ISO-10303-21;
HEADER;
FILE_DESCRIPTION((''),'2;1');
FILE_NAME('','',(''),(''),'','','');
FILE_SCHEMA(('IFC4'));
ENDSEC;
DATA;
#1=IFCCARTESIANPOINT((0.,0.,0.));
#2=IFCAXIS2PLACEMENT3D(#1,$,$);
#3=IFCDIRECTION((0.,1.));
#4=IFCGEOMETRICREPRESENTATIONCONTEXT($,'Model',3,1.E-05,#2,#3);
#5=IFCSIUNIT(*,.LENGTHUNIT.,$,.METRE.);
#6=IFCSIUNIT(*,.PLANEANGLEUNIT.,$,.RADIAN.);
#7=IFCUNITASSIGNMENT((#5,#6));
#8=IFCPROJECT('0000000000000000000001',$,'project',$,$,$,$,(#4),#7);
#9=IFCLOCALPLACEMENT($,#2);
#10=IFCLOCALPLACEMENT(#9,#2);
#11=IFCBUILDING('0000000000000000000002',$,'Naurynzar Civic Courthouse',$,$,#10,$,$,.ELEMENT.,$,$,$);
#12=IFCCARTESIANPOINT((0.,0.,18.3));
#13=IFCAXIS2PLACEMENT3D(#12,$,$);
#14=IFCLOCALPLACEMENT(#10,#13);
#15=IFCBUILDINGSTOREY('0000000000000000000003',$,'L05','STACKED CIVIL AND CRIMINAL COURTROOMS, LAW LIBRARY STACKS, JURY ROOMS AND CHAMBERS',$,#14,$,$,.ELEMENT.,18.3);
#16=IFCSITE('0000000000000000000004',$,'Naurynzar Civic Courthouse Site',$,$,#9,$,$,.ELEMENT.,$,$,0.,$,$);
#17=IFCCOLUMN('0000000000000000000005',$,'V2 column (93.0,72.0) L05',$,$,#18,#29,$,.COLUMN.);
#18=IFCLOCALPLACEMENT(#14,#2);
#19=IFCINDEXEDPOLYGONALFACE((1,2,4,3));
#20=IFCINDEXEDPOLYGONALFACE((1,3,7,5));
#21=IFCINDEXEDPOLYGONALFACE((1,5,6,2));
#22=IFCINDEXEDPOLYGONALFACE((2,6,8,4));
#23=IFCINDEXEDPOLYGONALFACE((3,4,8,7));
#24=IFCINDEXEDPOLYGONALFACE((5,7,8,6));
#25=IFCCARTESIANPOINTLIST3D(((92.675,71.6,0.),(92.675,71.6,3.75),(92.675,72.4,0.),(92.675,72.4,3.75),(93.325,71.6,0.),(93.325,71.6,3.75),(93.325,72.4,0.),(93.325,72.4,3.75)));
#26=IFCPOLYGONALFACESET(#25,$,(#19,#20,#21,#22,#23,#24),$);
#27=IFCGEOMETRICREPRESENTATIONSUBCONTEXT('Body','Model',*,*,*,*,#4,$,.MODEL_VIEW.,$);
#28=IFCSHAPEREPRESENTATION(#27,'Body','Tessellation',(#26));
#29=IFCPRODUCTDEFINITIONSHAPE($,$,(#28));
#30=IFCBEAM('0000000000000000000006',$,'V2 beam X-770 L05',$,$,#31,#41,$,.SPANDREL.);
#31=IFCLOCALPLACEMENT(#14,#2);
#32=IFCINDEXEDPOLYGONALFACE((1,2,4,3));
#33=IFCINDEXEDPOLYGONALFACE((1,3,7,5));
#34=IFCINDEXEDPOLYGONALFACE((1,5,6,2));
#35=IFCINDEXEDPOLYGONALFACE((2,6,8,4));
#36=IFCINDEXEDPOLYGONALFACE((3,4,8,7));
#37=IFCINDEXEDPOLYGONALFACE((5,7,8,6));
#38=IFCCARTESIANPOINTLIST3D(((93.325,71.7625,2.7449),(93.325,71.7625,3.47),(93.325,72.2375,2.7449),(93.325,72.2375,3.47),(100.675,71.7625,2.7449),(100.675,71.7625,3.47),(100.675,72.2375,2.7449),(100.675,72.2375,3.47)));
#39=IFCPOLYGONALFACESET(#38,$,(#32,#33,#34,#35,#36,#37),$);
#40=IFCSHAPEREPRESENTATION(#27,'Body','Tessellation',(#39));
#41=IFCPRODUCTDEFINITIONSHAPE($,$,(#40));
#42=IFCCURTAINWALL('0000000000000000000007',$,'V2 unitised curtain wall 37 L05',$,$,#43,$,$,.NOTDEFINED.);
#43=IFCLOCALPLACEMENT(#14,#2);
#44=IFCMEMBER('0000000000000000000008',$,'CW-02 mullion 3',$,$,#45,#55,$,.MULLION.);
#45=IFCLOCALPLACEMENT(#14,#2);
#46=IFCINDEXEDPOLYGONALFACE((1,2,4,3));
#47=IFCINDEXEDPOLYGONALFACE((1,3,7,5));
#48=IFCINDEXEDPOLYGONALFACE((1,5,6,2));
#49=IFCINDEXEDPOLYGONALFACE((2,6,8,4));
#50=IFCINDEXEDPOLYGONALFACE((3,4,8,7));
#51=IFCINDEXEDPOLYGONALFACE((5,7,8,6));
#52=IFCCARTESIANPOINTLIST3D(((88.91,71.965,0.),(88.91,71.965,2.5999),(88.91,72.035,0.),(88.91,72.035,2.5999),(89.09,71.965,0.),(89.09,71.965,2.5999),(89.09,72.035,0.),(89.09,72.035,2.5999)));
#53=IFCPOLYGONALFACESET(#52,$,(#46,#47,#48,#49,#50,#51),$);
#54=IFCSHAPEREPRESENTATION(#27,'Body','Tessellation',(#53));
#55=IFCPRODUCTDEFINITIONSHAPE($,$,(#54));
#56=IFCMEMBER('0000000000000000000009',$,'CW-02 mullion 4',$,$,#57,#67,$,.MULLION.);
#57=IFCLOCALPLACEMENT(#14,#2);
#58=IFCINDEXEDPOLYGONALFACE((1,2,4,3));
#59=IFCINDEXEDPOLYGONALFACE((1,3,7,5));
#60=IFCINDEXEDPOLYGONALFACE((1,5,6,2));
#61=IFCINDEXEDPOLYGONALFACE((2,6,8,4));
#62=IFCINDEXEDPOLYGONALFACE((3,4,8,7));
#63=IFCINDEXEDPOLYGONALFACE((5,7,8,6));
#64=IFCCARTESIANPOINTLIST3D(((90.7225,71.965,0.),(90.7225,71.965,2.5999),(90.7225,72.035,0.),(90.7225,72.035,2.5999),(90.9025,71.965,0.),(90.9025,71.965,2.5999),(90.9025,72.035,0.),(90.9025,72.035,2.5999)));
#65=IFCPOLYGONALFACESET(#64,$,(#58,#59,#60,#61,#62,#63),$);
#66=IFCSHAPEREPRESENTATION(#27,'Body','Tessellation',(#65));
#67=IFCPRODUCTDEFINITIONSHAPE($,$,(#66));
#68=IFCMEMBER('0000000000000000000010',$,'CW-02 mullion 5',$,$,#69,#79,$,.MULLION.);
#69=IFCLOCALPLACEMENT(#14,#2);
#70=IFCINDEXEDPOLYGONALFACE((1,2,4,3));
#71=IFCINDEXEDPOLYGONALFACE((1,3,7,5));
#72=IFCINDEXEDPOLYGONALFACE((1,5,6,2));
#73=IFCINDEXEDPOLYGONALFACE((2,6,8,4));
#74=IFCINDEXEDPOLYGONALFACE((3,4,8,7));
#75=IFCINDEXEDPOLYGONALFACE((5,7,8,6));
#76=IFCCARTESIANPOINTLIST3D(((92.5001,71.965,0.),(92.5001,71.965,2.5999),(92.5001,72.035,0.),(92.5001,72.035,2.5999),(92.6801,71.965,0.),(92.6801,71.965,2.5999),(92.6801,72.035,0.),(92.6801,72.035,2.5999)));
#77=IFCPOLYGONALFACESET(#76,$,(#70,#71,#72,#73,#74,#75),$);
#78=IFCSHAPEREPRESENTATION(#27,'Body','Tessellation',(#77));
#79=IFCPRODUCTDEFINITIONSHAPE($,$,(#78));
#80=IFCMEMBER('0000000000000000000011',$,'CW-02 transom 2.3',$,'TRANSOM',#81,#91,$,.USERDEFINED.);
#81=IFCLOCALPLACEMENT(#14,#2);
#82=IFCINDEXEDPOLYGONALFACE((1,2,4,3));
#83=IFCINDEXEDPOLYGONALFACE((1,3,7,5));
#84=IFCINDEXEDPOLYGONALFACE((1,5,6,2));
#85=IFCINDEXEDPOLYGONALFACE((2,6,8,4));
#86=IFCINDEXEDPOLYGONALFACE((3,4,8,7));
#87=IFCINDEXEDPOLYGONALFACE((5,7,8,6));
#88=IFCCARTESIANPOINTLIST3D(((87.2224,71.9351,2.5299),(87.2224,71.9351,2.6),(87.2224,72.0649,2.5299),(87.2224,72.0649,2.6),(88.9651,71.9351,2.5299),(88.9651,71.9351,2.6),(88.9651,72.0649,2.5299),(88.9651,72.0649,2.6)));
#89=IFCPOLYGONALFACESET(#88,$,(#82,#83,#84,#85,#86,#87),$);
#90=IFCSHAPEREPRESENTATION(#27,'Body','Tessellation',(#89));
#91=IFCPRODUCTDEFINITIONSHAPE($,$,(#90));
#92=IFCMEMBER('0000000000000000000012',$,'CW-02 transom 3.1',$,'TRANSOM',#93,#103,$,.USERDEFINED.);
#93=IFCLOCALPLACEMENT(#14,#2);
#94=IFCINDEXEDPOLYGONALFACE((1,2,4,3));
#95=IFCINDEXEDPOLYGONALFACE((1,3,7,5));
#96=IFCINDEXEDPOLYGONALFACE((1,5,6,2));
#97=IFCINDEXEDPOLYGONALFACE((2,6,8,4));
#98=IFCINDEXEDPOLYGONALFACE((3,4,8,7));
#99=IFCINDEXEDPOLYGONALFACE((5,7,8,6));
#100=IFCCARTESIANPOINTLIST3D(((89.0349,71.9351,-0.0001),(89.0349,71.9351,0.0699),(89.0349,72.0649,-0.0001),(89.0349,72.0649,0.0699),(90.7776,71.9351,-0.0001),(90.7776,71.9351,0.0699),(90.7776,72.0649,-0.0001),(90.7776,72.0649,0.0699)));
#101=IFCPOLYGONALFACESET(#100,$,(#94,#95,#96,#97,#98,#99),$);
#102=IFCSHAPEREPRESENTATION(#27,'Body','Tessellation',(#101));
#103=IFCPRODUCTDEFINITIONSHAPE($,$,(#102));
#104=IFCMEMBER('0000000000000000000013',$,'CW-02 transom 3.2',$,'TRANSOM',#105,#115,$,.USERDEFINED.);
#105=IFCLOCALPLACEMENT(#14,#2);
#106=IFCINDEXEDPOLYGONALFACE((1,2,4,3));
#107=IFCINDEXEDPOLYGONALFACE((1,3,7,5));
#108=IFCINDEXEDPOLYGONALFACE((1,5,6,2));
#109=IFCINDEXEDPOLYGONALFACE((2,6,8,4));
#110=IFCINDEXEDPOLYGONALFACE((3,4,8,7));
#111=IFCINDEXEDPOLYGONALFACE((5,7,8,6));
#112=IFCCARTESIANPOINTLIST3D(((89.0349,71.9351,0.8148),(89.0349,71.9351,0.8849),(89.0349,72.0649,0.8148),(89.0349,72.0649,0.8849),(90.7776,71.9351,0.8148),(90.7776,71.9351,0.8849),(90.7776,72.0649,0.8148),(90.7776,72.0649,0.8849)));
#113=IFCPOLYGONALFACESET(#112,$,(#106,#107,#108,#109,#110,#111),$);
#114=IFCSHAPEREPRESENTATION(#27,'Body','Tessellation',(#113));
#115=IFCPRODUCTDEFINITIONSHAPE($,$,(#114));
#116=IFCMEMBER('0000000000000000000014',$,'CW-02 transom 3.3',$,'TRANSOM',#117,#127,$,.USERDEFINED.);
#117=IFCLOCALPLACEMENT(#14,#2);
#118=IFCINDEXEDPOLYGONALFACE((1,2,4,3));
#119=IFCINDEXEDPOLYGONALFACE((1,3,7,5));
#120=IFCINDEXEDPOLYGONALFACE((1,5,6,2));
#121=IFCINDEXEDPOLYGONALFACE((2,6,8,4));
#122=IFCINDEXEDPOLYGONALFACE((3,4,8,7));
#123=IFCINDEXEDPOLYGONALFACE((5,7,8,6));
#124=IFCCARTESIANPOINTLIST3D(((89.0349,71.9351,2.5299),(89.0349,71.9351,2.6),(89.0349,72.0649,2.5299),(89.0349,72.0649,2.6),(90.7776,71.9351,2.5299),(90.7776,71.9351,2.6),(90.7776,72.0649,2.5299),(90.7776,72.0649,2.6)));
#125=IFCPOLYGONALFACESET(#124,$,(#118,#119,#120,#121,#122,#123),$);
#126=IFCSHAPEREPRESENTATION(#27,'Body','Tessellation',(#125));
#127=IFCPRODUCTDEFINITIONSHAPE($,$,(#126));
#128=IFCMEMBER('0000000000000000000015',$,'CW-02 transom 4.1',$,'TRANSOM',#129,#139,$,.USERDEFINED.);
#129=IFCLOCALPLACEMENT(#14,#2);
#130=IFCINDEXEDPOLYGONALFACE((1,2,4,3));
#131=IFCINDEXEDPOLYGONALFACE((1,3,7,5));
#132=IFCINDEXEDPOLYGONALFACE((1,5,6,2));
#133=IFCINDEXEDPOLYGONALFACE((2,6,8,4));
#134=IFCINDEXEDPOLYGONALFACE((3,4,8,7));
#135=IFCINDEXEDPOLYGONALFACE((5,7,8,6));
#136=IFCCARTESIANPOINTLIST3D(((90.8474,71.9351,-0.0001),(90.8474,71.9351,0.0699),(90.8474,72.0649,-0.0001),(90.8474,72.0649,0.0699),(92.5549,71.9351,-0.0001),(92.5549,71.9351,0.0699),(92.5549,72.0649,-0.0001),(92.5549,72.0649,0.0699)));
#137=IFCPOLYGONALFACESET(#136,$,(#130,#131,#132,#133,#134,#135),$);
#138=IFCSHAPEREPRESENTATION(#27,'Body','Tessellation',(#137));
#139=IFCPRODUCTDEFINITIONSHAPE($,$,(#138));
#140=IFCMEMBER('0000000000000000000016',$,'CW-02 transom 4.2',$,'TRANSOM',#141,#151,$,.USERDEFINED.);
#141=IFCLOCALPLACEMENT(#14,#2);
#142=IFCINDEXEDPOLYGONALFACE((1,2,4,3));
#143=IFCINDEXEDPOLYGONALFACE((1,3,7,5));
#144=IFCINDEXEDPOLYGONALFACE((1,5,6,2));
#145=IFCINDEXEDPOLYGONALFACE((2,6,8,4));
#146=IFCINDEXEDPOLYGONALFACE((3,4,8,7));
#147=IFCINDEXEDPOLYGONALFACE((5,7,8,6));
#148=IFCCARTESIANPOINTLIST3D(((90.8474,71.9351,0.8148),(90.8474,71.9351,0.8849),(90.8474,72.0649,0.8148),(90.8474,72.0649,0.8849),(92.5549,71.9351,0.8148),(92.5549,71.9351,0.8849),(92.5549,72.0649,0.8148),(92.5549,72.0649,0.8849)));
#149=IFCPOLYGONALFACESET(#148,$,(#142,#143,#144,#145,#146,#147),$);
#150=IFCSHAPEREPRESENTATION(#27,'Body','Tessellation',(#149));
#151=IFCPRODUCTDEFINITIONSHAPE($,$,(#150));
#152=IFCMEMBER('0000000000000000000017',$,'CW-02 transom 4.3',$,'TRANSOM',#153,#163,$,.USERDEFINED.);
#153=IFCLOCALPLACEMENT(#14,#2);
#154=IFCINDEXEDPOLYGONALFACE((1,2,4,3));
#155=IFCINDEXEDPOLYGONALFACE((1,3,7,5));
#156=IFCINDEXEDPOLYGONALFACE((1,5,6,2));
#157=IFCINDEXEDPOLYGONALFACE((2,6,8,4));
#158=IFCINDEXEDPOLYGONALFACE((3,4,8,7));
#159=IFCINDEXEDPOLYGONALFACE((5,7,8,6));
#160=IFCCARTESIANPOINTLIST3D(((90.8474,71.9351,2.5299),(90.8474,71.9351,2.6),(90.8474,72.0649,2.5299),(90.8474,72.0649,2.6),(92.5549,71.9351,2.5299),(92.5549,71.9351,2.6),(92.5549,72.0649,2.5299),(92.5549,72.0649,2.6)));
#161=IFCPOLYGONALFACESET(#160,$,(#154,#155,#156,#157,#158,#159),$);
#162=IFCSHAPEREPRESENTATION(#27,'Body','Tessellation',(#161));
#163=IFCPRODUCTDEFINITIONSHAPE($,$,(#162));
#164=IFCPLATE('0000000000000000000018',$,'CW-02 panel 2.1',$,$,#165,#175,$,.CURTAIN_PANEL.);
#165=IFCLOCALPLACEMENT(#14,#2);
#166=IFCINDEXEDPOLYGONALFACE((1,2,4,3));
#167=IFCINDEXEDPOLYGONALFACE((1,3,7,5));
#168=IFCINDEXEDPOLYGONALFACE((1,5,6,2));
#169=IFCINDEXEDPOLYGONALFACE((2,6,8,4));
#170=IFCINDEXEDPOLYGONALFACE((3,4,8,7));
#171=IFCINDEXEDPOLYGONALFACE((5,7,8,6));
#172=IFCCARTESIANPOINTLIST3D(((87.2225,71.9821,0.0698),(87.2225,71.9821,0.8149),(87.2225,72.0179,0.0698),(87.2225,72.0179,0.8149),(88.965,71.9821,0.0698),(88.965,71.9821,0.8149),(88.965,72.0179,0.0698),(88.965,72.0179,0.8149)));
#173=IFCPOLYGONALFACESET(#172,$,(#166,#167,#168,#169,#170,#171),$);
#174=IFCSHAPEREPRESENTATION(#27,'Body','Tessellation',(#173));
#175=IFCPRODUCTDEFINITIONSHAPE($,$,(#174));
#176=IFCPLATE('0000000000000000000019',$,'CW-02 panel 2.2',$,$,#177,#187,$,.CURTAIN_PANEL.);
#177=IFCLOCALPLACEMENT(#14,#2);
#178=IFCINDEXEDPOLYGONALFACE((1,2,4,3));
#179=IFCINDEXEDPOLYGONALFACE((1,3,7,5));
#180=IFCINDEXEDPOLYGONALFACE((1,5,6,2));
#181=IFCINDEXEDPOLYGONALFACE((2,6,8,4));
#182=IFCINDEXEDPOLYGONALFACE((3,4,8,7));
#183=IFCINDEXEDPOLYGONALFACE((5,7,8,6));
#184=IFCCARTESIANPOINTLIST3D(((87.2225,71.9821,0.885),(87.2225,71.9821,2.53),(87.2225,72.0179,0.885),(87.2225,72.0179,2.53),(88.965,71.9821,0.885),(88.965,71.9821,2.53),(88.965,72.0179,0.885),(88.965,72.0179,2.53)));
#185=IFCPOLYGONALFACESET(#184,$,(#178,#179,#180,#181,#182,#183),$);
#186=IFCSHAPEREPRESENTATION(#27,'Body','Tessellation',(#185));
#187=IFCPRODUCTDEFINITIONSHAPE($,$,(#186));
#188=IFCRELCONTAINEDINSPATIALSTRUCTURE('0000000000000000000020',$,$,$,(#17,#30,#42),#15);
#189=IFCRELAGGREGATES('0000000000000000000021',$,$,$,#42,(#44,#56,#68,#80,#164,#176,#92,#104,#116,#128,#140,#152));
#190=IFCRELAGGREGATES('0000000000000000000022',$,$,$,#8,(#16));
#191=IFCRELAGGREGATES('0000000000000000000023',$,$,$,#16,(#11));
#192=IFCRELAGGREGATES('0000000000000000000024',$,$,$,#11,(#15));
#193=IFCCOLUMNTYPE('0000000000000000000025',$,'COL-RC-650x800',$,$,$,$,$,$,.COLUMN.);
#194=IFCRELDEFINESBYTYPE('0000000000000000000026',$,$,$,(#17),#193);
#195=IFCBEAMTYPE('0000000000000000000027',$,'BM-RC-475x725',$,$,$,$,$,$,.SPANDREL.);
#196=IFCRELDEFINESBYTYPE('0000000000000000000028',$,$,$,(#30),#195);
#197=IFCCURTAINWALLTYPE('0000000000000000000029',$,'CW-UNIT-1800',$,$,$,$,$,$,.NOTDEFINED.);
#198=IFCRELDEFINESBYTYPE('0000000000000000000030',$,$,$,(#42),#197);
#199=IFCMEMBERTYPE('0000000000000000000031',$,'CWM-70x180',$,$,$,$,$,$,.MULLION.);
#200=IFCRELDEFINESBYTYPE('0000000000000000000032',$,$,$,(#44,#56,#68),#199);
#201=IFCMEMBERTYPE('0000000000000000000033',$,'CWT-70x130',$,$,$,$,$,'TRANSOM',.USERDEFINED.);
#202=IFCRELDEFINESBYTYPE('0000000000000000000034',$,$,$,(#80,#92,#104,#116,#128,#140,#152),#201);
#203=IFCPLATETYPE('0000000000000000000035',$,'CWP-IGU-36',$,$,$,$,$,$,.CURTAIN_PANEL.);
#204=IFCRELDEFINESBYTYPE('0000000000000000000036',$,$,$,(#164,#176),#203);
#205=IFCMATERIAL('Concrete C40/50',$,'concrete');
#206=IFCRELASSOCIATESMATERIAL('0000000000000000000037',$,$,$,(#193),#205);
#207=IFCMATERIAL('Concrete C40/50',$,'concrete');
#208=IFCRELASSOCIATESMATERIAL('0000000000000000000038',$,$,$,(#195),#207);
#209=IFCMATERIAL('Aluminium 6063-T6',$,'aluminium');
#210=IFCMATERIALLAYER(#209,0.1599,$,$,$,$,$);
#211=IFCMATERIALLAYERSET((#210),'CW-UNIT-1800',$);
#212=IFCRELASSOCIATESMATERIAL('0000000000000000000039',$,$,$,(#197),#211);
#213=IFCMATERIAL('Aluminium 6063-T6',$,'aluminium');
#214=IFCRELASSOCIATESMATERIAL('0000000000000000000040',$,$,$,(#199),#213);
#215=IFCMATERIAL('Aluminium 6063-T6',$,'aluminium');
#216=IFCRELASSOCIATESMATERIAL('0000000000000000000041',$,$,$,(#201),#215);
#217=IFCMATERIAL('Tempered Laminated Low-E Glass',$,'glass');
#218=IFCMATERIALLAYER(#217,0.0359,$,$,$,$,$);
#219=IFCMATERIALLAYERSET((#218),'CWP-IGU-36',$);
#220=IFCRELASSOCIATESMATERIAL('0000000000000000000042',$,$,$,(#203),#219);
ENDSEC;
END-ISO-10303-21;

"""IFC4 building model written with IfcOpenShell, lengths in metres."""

from ifc_helpers import new_model, si_unit, direction, frame, origin, origin_2d, place, context, subcontext, project, spatial, rectangle, extrude, material, layer, layer_set, material_profile, profile_set, type_object, element, aggregate, save


model = new_model("IFC4")

# Units and contexts
model_context = context("Model", 3, precision=1e-05, world=origin(), true_north=direction((0.0, 1.0)))
body_context = subcontext(model_context, "Body", "Model", "MODEL_VIEW")
ifc_project = project(units=[si_unit("LENGTHUNIT", "METRE"), si_unit("PLANEANGLEUNIT", "RADIAN")], contexts=[model_context])

# Site, building, storey
site_placement = place(None, origin())
site = spatial("IfcSite", under=ifc_project, at=site_placement, Name="Naurynzar Civic Courthouse Site", CompositionType="ELEMENT", RefElevation=0.0)
building_placement = place(site_placement, origin())
building = spatial("IfcBuilding", under=site, at=building_placement, Name="Naurynzar Civic Courthouse", CompositionType="ELEMENT")
storey_placement = place(building_placement, frame((0.0, 0.0, 18.3)))
storey = spatial("IfcBuildingStorey", under=building, at=storey_placement, Name="L05", Description="STACKED CIVIL AND CRIMINAL COURTROOMS, LAW LIBRARY STACKS, JURY ROOMS AND CHAMBERS", CompositionType="ELEMENT", Elevation=18.3)

# Column
ifc_material_1 = material(Name="Concrete C40/50", Category="concrete")
ifc_material_profile_1 = material_profile(ifc_material_1, rectangle(XDim=0.6499, YDim=0.8, at=origin_2d()), Name="RC 650x800")
ifc_profile_set_1 = profile_set([ifc_material_profile_1], Name="Concrete C40/50")
column_type = type_object("IfcColumnType", Name="COL-RC-650x800", PredefinedType="COLUMN", material=ifc_profile_set_1)
column_placement = place(storey_placement, frame((93.0, 72.0, 0.0), z_axis=(0.0, 0.0, 1.0), x_axis=(1.0, 0.0, 0.0)))
element("IfcColumn", 1, at=column_placement, inside=storey, type_object=column_type, Name="V2 column (93.0,72.0) L05", PredefinedType="COLUMN", context=body_context, shape_type="SweptSolid", body=[
    extrude(rectangle(XDim=0.6499, YDim=0.8, at=origin_2d()), origin(), (0.0, 0.0, 1.0), 3.75),
])

# Beam
ifc_material_2 = material(Name="Concrete C40/50", Category="concrete")
ifc_material_profile_2 = material_profile(ifc_material_2, rectangle(XDim=0.4751, YDim=0.7251, at=origin_2d()), Name="RCB 475x725")
ifc_profile_set_2 = profile_set([ifc_material_profile_2], Name="Concrete C40/50")
beam_type = type_object("IfcBeamType", Name="BM-RC-475x725", PredefinedType="SPANDREL", material=ifc_profile_set_2)
beam_placement = place(storey_placement, frame((93.325, 72.0, 3.1074), z_axis=(1.0, 0.0, 0.0), x_axis=(0.0, 1.0, 0.0)))
element("IfcBeam", 2, at=beam_placement, inside=storey, type_object=beam_type, Name="V2 beam X-770 L05", PredefinedType="SPANDREL", context=body_context, shape_type="SweptSolid", body=[
    extrude(rectangle(XDim=0.4751, YDim=0.7251, at=origin_2d()), origin(), (0.0, 0.0, 1.0), 7.3501),
])

# Curtain wall, members, plates
ifc_material_3 = material(Name="Aluminium 6063-T6", Category="aluminium")
ifc_layer_1 = layer(ifc_material_3, 0.1599)
ifc_layer_set_1 = layer_set([ifc_layer_1], Name="CW-UNIT-1800")
curtain_wall_type = type_object("IfcCurtainWallType", Name="CW-UNIT-1800", PredefinedType="NOTDEFINED", material=ifc_layer_set_1)
curtain_wall_placement = place(storey_placement, origin())
curtain_wall = element("IfcCurtainWall", 3, at=curtain_wall_placement, inside=storey, type_object=curtain_wall_type, Name="V2 unitised curtain wall 37 L05", PredefinedType="NOTDEFINED")
ifc_material_4 = material(Name="Aluminium 6063-T6", Category="aluminium")
ifc_material_profile_3 = material_profile(ifc_material_4, rectangle(XDim=0.0701, YDim=0.1799, at=origin_2d()), Name="ALU MULLION 70x180")
ifc_profile_set_3 = profile_set([ifc_material_profile_3], Name="Aluminium 6063-T6")
member_type_1 = type_object("IfcMemberType", Name="CWM-70x180", PredefinedType="MULLION", material=ifc_profile_set_3)
member_1_placement = place(storey_placement, frame((89.0, 72.0, 0.0), z_axis=(0.0, 0.0, 1.0), x_axis=(0.0, 1.0, 0.0)))
member_1 = element("IfcMember", 4, at=member_1_placement, type_object=member_type_1, Name="CW-02 mullion 3", PredefinedType="MULLION", context=body_context, shape_type="SweptSolid", body=[
    extrude(rectangle(XDim=0.0701, YDim=0.1799, at=origin_2d()), origin(), (0.0, 0.0, 1.0), 2.5999),
])
member_2_placement = place(storey_placement, frame((90.8125, 72.0, 0.0), z_axis=(0.0, 0.0, 1.0), x_axis=(0.0, 1.0, 0.0)))
member_2 = element("IfcMember", 5, at=member_2_placement, type_object=member_type_1, Name="CW-02 mullion 4", PredefinedType="MULLION", context=body_context, shape_type="SweptSolid", body=[
    extrude(rectangle(XDim=0.0701, YDim=0.1799, at=origin_2d()), origin(), (0.0, 0.0, 1.0), 2.5999),
])
member_3_placement = place(storey_placement, frame((92.5901, 72.0, 0.0), z_axis=(0.0, 0.0, 1.0), x_axis=(0.0, 1.0, 0.0)))
member_3 = element("IfcMember", 6, at=member_3_placement, type_object=member_type_1, Name="CW-02 mullion 5", PredefinedType="MULLION", context=body_context, shape_type="SweptSolid", body=[
    extrude(rectangle(XDim=0.0701, YDim=0.1799, at=origin_2d()), origin(), (0.0, 0.0, 1.0), 2.5999),
])
ifc_material_5 = material(Name="Aluminium 6063-T6", Category="aluminium")
ifc_material_profile_4 = material_profile(ifc_material_5, rectangle(XDim=0.1299, YDim=0.0701, at=origin_2d()), Name="ALU TRANSOM 70x130")
ifc_profile_set_4 = profile_set([ifc_material_profile_4], Name="Aluminium 6063-T6")
member_type_2 = type_object("IfcMemberType", Name="CWT-70x130", ElementType="TRANSOM", PredefinedType="USERDEFINED", material=ifc_profile_set_4)
member_4_placement = place(storey_placement, frame((87.2224, 72.0, 2.5649), z_axis=(1.0, 0.0, 0.0), x_axis=(0.0, 1.0, 0.0)))
member_4 = element("IfcMember", 7, at=member_4_placement, type_object=member_type_2, Name="CW-02 transom 2.3", ObjectType="TRANSOM", PredefinedType="USERDEFINED", context=body_context, shape_type="SweptSolid", body=[
    extrude(rectangle(XDim=0.1299, YDim=0.0701, at=origin_2d()), origin(), (0.0, 0.0, 1.0), 1.7427),
])
member_5_placement = place(storey_placement, frame((89.0349, 72.0, 0.0349), z_axis=(1.0, 0.0, 0.0), x_axis=(0.0, 1.0, 0.0)))
member_5 = element("IfcMember", 8, at=member_5_placement, type_object=member_type_2, Name="CW-02 transom 3.1", ObjectType="TRANSOM", PredefinedType="USERDEFINED", context=body_context, shape_type="SweptSolid", body=[
    extrude(rectangle(XDim=0.1299, YDim=0.0701, at=origin_2d()), origin(), (0.0, 0.0, 1.0), 1.7427),
])
member_6_placement = place(storey_placement, frame((89.0349, 72.0, 0.8499), z_axis=(1.0, 0.0, 0.0), x_axis=(0.0, 1.0, 0.0)))
member_6 = element("IfcMember", 9, at=member_6_placement, type_object=member_type_2, Name="CW-02 transom 3.2", ObjectType="TRANSOM", PredefinedType="USERDEFINED", context=body_context, shape_type="SweptSolid", body=[
    extrude(rectangle(XDim=0.1299, YDim=0.0701, at=origin_2d()), origin(), (0.0, 0.0, 1.0), 1.7427),
])
member_7_placement = place(storey_placement, frame((89.0349, 72.0, 2.5649), z_axis=(1.0, 0.0, 0.0), x_axis=(0.0, 1.0, 0.0)))
member_7 = element("IfcMember", 10, at=member_7_placement, type_object=member_type_2, Name="CW-02 transom 3.3", ObjectType="TRANSOM", PredefinedType="USERDEFINED", context=body_context, shape_type="SweptSolid", body=[
    extrude(rectangle(XDim=0.1299, YDim=0.0701, at=origin_2d()), origin(), (0.0, 0.0, 1.0), 1.7427),
])
member_8_placement = place(storey_placement, frame((90.8474, 72.0, 0.0349), z_axis=(1.0, 0.0, 0.0), x_axis=(0.0, 1.0, 0.0)))
member_8 = element("IfcMember", 11, at=member_8_placement, type_object=member_type_2, Name="CW-02 transom 4.1", ObjectType="TRANSOM", PredefinedType="USERDEFINED", context=body_context, shape_type="SweptSolid", body=[
    extrude(rectangle(XDim=0.1299, YDim=0.0701, at=origin_2d()), origin(), (0.0, 0.0, 1.0), 1.7075),
])
member_9_placement = place(storey_placement, frame((90.8474, 72.0, 0.8499), z_axis=(1.0, 0.0, 0.0), x_axis=(0.0, 1.0, 0.0)))
member_9 = element("IfcMember", 12, at=member_9_placement, type_object=member_type_2, Name="CW-02 transom 4.2", ObjectType="TRANSOM", PredefinedType="USERDEFINED", context=body_context, shape_type="SweptSolid", body=[
    extrude(rectangle(XDim=0.1299, YDim=0.0701, at=origin_2d()), origin(), (0.0, 0.0, 1.0), 1.7075),
])
member_10_placement = place(storey_placement, frame((90.8474, 72.0, 2.5649), z_axis=(1.0, 0.0, 0.0), x_axis=(0.0, 1.0, 0.0)))
member_10 = element("IfcMember", 13, at=member_10_placement, type_object=member_type_2, Name="CW-02 transom 4.3", ObjectType="TRANSOM", PredefinedType="USERDEFINED", context=body_context, shape_type="SweptSolid", body=[
    extrude(rectangle(XDim=0.1299, YDim=0.0701, at=origin_2d()), origin(), (0.0, 0.0, 1.0), 1.7075),
])
ifc_material_6 = material(Name="Tempered Laminated Low-E Glass", Category="glass")
ifc_layer_2 = layer(ifc_material_6, 0.0359)
ifc_layer_set_2 = layer_set([ifc_layer_2], Name="CWP-IGU-36")
plate_type = type_object("IfcPlateType", Name="CWP-IGU-36", PredefinedType="CURTAIN_PANEL", material=ifc_layer_set_2)
plate_1_placement = place(storey_placement, frame((88.0938, 72.0, 0.0698), z_axis=(0.0, 0.0, 1.0), x_axis=(1.0, 0.0, 0.0)))
plate_1 = element("IfcPlate", 14, at=plate_1_placement, type_object=plate_type, Name="CW-02 panel 2.1", PredefinedType="CURTAIN_PANEL", context=body_context, shape_type="SweptSolid", body=[
    extrude(rectangle(XDim=1.7424, YDim=0.0359, at=origin_2d()), origin(), (0.0, 0.0, 1.0), 0.7451),
])
plate_2_placement = place(storey_placement, frame((88.0938, 72.0, 0.885), z_axis=(0.0, 0.0, 1.0), x_axis=(1.0, 0.0, 0.0)))
plate_2 = element("IfcPlate", 15, at=plate_2_placement, type_object=plate_type, Name="CW-02 panel 2.2", PredefinedType="CURTAIN_PANEL", context=body_context, shape_type="SweptSolid", body=[
    extrude(rectangle(XDim=1.7424, YDim=0.0359, at=origin_2d()), origin(), (0.0, 0.0, 1.0), 1.645),
])
aggregate(curtain_wall, [member_1, member_2, member_3, member_4, plate_1, plate_2, member_5, member_6, member_7, member_8, member_9, member_10])

save(model, "model.ifc")
